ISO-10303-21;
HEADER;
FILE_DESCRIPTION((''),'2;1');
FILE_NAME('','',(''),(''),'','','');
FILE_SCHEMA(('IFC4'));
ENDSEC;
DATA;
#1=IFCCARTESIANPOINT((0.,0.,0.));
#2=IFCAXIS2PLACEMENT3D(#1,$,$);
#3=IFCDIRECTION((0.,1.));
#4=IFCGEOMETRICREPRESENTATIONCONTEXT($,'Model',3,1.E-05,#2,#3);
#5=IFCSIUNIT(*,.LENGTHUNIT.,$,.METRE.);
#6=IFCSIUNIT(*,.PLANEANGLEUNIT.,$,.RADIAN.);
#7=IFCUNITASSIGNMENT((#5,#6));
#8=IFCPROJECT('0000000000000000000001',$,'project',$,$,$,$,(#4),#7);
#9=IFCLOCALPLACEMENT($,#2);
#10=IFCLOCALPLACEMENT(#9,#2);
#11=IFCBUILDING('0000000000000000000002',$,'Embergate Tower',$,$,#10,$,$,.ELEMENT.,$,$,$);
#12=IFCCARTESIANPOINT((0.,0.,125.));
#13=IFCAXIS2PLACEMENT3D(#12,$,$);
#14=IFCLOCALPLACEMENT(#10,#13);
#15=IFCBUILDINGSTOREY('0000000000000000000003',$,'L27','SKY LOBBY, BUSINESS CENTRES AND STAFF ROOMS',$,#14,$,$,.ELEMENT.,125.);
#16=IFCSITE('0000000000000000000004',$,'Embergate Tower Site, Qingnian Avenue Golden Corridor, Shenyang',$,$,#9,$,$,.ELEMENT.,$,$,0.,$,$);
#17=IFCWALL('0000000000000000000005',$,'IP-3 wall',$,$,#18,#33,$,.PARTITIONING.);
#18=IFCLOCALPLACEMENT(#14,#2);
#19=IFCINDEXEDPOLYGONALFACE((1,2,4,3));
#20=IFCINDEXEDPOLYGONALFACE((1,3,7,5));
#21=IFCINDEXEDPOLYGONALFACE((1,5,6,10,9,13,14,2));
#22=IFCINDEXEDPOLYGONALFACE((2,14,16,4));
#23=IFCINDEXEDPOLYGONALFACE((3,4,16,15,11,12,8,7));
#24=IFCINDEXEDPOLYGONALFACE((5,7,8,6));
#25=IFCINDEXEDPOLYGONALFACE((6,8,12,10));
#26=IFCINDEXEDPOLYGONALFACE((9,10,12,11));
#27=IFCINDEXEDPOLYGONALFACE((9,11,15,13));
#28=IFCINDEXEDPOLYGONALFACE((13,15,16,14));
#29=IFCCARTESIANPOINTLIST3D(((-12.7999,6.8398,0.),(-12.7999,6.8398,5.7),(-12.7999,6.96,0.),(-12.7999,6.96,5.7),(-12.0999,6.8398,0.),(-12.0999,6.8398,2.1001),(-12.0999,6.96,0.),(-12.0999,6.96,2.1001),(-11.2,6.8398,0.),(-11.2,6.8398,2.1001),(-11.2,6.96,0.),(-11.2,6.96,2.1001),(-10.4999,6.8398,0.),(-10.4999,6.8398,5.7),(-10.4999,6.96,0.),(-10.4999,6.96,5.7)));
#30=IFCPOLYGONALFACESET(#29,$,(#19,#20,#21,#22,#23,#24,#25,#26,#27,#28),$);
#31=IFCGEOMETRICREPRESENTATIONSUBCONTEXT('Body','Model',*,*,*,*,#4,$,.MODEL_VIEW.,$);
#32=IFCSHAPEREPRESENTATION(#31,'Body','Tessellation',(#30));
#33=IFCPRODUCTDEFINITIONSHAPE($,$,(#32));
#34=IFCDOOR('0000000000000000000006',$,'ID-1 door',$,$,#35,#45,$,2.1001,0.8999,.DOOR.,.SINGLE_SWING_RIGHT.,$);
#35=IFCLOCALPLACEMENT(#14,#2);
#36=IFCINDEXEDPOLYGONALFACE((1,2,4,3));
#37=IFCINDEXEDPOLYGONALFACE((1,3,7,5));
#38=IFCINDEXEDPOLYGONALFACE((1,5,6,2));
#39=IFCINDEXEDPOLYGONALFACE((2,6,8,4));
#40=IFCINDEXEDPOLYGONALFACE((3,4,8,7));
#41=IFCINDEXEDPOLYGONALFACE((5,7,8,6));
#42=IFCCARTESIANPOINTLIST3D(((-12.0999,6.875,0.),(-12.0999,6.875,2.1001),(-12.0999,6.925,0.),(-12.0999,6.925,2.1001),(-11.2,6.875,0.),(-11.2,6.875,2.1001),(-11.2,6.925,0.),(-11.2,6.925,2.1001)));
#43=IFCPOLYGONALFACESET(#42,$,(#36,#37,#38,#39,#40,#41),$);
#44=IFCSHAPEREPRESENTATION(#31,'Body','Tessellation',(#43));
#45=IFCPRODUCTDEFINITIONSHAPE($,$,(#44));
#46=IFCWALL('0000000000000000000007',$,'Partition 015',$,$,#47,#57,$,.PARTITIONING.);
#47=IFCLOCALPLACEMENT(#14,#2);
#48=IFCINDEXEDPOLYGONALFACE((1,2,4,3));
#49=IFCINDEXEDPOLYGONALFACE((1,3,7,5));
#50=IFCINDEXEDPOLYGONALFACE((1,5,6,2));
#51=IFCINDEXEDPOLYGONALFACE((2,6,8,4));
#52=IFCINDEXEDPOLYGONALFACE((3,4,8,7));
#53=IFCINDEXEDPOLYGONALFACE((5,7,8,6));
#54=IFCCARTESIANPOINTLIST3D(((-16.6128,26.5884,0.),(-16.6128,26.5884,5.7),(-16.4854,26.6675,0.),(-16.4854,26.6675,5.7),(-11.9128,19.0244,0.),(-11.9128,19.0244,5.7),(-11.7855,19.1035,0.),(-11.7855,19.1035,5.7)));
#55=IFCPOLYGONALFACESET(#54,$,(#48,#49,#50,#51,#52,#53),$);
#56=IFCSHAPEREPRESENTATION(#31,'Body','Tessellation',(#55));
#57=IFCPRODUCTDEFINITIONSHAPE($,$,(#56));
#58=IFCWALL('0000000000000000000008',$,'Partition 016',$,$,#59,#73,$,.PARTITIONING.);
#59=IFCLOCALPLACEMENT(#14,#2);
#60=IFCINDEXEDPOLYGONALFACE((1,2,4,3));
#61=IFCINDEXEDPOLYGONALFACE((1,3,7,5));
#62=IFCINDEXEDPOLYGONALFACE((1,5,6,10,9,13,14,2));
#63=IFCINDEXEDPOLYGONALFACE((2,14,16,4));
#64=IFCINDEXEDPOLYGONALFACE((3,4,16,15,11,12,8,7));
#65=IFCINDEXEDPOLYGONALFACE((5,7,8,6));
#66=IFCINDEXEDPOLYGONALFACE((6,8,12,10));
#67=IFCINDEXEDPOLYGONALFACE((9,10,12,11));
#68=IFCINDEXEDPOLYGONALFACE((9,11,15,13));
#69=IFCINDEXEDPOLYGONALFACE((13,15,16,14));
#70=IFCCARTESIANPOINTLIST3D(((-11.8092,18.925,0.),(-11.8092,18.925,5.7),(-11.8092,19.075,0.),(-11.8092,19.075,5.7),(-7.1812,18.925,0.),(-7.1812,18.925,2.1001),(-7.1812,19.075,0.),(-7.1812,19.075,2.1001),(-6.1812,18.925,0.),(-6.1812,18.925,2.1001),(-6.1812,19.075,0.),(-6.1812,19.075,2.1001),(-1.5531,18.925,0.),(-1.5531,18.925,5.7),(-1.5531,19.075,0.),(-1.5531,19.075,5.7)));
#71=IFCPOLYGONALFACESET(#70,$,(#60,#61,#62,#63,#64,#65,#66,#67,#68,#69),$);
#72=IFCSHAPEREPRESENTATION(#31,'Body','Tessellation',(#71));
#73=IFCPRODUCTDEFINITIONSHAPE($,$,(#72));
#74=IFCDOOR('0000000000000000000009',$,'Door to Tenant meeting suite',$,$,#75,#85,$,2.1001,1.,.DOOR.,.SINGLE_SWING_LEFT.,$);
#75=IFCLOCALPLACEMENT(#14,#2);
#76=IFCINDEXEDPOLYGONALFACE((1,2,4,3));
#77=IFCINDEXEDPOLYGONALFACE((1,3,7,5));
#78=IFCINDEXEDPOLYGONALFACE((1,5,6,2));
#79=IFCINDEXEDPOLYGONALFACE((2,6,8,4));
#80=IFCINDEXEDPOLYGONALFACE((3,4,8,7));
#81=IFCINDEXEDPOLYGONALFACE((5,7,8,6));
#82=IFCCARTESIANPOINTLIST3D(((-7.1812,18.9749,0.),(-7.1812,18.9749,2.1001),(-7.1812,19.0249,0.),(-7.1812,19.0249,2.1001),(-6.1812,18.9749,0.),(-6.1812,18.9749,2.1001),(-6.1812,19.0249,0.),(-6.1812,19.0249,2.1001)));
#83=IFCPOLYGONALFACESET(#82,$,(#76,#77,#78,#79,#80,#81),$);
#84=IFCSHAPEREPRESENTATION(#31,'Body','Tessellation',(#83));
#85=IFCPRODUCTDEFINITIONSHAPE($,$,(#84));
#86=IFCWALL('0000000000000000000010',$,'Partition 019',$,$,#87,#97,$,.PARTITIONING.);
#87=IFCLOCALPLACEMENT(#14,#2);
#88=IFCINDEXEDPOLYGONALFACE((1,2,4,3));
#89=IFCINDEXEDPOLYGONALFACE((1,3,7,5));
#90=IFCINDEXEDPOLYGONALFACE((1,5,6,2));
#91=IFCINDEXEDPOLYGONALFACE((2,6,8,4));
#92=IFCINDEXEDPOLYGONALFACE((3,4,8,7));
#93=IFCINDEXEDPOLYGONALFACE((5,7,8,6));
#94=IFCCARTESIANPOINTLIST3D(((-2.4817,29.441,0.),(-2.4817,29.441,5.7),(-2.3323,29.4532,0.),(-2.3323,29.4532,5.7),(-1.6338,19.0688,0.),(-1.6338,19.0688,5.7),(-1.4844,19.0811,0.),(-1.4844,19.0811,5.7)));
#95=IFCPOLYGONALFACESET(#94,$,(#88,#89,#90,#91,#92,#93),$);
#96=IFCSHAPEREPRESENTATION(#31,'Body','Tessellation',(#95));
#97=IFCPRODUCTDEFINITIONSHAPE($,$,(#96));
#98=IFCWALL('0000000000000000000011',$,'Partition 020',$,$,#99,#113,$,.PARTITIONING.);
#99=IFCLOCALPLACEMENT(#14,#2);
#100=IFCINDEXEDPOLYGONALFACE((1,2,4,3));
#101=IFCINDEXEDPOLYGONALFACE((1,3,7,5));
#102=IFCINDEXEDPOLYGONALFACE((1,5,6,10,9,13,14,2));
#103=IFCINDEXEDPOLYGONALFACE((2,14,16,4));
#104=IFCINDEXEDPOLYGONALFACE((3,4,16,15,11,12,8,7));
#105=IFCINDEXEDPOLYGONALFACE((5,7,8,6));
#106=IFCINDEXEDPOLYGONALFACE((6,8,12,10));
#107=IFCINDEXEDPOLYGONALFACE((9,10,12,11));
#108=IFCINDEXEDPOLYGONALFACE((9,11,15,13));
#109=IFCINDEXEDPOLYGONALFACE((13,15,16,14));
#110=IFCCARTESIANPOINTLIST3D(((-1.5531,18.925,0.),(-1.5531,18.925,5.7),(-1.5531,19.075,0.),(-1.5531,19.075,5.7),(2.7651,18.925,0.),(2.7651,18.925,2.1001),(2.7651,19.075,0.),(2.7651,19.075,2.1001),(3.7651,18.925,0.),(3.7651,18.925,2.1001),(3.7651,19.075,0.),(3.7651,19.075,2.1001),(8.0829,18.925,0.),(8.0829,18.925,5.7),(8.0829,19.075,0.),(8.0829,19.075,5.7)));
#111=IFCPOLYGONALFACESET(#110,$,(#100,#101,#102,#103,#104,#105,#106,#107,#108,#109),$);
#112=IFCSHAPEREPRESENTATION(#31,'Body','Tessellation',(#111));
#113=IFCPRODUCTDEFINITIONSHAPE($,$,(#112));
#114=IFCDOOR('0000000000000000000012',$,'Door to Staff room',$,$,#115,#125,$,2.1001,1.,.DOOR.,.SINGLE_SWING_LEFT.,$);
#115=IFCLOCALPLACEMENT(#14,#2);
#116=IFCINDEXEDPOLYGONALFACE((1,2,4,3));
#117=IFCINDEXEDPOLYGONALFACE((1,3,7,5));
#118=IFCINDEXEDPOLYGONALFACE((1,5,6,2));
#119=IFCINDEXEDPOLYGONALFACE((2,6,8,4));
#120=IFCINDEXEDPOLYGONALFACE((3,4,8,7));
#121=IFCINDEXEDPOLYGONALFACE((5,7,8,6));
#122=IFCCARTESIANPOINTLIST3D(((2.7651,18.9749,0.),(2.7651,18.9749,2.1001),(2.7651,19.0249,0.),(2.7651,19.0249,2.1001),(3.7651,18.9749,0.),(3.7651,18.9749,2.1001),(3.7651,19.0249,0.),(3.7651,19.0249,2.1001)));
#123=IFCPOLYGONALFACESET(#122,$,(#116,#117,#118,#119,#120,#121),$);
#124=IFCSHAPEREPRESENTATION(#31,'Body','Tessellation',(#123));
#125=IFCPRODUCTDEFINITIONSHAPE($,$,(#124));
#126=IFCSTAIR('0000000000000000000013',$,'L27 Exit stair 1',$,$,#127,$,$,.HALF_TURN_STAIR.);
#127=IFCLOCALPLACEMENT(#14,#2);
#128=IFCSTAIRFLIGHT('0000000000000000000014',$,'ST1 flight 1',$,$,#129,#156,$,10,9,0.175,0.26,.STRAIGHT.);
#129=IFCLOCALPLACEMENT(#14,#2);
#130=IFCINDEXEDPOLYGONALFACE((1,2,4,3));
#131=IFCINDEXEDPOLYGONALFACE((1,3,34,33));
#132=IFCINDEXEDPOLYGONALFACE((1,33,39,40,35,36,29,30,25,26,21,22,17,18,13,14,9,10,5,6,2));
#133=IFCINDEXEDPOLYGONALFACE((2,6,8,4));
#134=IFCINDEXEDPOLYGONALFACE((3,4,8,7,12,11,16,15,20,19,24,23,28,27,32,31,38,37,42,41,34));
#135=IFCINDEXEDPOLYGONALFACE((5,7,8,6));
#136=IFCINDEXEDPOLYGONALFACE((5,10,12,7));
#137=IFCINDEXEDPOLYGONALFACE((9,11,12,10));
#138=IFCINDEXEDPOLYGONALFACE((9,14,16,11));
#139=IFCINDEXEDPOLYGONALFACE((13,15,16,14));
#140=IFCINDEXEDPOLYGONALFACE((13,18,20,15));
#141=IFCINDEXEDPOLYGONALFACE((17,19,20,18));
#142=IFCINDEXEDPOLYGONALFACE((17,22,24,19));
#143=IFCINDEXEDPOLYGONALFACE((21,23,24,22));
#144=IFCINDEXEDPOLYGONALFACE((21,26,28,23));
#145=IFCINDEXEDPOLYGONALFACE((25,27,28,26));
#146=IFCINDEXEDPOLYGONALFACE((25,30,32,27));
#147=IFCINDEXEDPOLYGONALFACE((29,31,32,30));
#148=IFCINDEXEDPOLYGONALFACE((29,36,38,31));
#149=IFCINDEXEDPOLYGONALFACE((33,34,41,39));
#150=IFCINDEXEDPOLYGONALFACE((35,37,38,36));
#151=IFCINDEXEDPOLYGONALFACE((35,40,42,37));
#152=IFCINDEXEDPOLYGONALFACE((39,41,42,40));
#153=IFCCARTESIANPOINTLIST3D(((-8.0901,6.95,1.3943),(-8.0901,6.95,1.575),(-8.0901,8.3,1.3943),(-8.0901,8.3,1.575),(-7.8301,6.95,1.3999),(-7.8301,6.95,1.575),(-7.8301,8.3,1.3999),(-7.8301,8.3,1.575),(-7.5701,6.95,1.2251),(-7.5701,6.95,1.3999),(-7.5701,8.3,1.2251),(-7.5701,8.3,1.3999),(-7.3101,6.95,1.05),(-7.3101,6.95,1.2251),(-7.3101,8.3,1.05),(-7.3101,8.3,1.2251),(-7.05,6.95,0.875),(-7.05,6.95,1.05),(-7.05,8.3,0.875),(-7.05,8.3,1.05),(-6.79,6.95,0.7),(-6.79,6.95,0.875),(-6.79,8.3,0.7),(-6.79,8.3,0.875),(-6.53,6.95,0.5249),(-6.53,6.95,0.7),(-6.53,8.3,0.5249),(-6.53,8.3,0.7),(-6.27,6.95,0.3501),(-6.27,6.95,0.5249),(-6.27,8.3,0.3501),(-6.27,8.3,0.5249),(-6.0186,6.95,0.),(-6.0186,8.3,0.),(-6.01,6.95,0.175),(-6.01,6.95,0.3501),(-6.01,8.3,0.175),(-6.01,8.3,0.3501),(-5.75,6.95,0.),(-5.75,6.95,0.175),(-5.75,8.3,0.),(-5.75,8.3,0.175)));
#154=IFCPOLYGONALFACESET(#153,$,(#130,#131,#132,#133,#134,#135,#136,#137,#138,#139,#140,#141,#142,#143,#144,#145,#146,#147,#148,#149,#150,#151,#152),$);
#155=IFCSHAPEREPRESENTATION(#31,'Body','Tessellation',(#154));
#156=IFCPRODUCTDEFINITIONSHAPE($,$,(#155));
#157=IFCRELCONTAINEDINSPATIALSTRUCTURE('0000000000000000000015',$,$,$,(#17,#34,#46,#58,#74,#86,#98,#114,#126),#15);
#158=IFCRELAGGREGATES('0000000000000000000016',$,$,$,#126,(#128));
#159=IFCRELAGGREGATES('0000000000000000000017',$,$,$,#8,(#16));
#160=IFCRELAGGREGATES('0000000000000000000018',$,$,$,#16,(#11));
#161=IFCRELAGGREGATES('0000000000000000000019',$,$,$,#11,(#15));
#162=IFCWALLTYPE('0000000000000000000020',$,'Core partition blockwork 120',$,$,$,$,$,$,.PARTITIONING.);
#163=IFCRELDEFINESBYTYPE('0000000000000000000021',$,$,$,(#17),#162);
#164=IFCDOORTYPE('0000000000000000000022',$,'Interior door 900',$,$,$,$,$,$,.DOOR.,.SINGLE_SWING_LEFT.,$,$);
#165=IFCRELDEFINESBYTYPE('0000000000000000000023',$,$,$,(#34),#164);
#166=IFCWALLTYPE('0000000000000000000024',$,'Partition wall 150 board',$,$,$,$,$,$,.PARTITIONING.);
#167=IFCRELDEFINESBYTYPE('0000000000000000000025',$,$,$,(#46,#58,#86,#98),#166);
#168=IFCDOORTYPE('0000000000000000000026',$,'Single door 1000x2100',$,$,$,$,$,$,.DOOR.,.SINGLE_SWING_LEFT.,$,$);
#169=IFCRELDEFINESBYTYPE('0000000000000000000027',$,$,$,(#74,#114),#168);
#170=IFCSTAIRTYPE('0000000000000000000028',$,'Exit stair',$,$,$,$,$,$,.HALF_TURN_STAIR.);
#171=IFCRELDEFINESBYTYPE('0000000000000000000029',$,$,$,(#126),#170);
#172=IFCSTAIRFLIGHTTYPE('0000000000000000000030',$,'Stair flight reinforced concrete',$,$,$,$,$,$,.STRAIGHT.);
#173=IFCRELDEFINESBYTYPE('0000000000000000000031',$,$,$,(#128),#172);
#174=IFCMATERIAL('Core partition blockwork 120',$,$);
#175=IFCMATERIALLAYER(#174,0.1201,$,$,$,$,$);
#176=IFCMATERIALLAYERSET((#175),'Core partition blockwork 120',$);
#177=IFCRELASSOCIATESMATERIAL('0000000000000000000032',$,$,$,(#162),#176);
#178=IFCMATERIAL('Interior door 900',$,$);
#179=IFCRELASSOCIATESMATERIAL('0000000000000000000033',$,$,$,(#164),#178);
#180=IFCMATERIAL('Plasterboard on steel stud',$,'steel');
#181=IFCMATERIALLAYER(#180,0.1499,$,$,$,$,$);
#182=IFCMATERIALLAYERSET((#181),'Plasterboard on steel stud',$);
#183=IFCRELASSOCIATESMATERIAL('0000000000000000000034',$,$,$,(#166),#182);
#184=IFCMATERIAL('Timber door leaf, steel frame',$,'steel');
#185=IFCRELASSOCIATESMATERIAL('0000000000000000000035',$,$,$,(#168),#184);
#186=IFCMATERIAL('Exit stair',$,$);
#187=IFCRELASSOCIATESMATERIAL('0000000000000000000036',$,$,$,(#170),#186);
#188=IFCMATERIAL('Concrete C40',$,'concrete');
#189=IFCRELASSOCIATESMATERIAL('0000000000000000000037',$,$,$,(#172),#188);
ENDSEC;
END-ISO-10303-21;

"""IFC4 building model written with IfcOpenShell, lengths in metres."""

from ifc_helpers import new_model, si_unit, direction, frame, frame_2d, origin, place, context, subcontext, project, spatial, polyline, rectangle, outline, extrude, source, transform, mapped, material, layer, layer_set, type_object, element, fill, aggregate, save


model = new_model("IFC4")

# Units and contexts
model_context = context("Model", 3, precision=1e-05, world=origin(), true_north=direction((0.0, 1.0)))
body_context = subcontext(model_context, "Body", "Model", "MODEL_VIEW")
ifc_project = project(units=[si_unit("LENGTHUNIT", "METRE"), si_unit("PLANEANGLEUNIT", "RADIAN")], contexts=[model_context])

# Site, building, storey
site_placement = place(None, origin())
site = spatial("IfcSite", under=ifc_project, at=site_placement, Name="Embergate Tower Site, Qingnian Avenue Golden Corridor, Shenyang", CompositionType="ELEMENT", RefElevation=0.0)
building_placement = place(site_placement, origin())
building = spatial("IfcBuilding", under=site, at=building_placement, Name="Embergate Tower", CompositionType="ELEMENT")
storey_placement = place(building_placement, frame((0.0, 0.0, 125.0)))
storey = spatial("IfcBuildingStorey", under=building, at=storey_placement, Name="L27", Description="SKY LOBBY, BUSINESS CENTRES AND STAFF ROOMS", CompositionType="ELEMENT", Elevation=125.0)

# Shared definitions
ifc_material_1 = material(Name="Core partition blockwork 120")
ifc_layer_1 = layer(ifc_material_1, 0.1201)
ifc_layer_set_1 = layer_set([ifc_layer_1], Name="Core partition blockwork 120")
wall_type_1 = type_object("IfcWallType", Name="Core partition blockwork 120", PredefinedType="PARTITIONING", material=ifc_layer_set_1)

# Wall, opening, door
shared_shape_1 = source(origin(), body_context, "Body", "SweptSolid", [
    extrude(rectangle(XDim=2.3, YDim=0.1201, at=frame_2d((1.1499, 0.0))), origin(), (0.0, 0.0, 1.0), 5.7),
])
shared_shape_2 = source(origin(), body_context, "Body", "SweptSolid", [
    extrude(rectangle(XDim=0.8999, YDim=2.1001, at=frame_2d((0.45, 1.05))), frame((0.0, 0.0701, 0.0), z_axis=(0.0, -1.0, 0.0), x_axis=(1.0, 0.0, 0.0)), (0.0, 0.0, 1.0), 0.1401),
])
ifc_material_2 = material(Name="Interior door 900")
door_type_1 = type_object("IfcDoorType", Name="Interior door 900", OperationType="SINGLE_SWING_LEFT", PredefinedType="DOOR", material=ifc_material_2)
shared_shape_3 = source(origin(), body_context, "Body", "SweptSolid", [
    extrude(rectangle(XDim=0.8999, YDim=2.1001, at=frame_2d((0.45, 1.05))), frame((0.0, 0.0249, 0.0), z_axis=(0.0, -1.0, 0.0), x_axis=(1.0, 0.0, 0.0)), (0.0, 0.0, 1.0), 0.05),
])
wall_1_placement = place(storey_placement, frame((-10.5, 6.8999, 0.0), z_axis=(0.0, 0.0, 1.0), x_axis=(-1.0, 0.0, 0.0)))
wall_1 = element("IfcWall", 1, at=wall_1_placement, inside=storey, type_object=wall_type_1, Name="IP-3 wall", PredefinedType="PARTITIONING", context=body_context, shape_type="MappedRepresentation", body=[
    mapped(shared_shape_1, transform((0.0, 0.0, 0.0))),
])
opening_1_placement = place(wall_1_placement, frame((0.7, 0.0, 0.0)))
opening_1 = element("IfcOpeningElement", 2, at=opening_1_placement, cuts=wall_1, PredefinedType="OPENING", context=body_context, shape_type="MappedRepresentation", body=[
    mapped(shared_shape_2, transform((0.0, 0.0, 0.0))),
])
door_1_placement = place(opening_1_placement, origin())
door_1 = element("IfcDoor", 3, at=door_1_placement, inside=storey, type_object=door_type_1, Name="ID-1 door", OperationType="SINGLE_SWING_RIGHT", OverallHeight=2.1001, OverallWidth=0.8999, PredefinedType="DOOR", context=body_context, shape_type="MappedRepresentation", body=[
    mapped(shared_shape_3, transform((0.0, 0.0, 0.0))),
])
fill(opening_1, door_1)

# Wall
ifc_material_3 = material(Name="Plasterboard on steel stud", Category="steel")
ifc_layer_2 = layer(ifc_material_3, 0.1499)
ifc_layer_set_2 = layer_set([ifc_layer_2], Name="Plasterboard on steel stud")
wall_type_2 = type_object("IfcWallType", Name="Partition wall 150 board", PredefinedType="PARTITIONING", material=ifc_layer_set_2)
shared_shape_4 = source(origin(), body_context, "Body", "SweptSolid", [
    extrude(rectangle(XDim=8.9053, YDim=0.1499, at=frame_2d((4.4526, 0.0))), origin(), (0.0, 0.0, 1.0), 5.7),
])
wall_2_placement = place(storey_placement, frame((-11.8491, 19.064, 0.0), z_axis=(0.0, 0.0, 1.0), x_axis=(-0.527774, 0.849385, 0.0)))
element("IfcWall", 4, at=wall_2_placement, inside=storey, type_object=wall_type_2, Name="Partition 015", PredefinedType="PARTITIONING", context=body_context, shape_type="MappedRepresentation", body=[
    mapped(shared_shape_4, transform((0.0, 0.0, 0.0))),
])

# Wall, opening, door
shared_shape_5 = source(origin(), body_context, "Body", "SweptSolid", [
    extrude(rectangle(XDim=10.2561, YDim=0.1499, at=frame_2d((5.1279, 0.0))), origin(), (0.0, 0.0, 1.0), 5.7),
])
wall_3_placement = place(storey_placement, frame((-11.8091, 19.0, 0.0), z_axis=(0.0, 0.0, 1.0), x_axis=(1.0, 0.0, 0.0)))
wall_3 = element("IfcWall", 5, at=wall_3_placement, inside=storey, type_object=wall_type_2, Name="Partition 016", PredefinedType="PARTITIONING", context=body_context, shape_type="MappedRepresentation", body=[
    mapped(shared_shape_5, transform((0.0, 0.0, 0.0))),
])
shared_shape_6 = source(origin(), body_context, "Body", "SweptSolid", [
    extrude(rectangle(XDim=1.0, YDim=2.1001, at=frame_2d((0.5, 1.05))), frame((0.0, 0.085, 0.0), z_axis=(0.0, -1.0, 0.0), x_axis=(1.0, 0.0, 0.0)), (0.0, 0.0, 1.0), 0.1699),
])
opening_2_placement = place(wall_3_placement, frame((4.6279, 0.0, 0.0)))
opening_2 = element("IfcOpeningElement", 6, at=opening_2_placement, cuts=wall_3, PredefinedType="OPENING", context=body_context, shape_type="MappedRepresentation", body=[
    mapped(shared_shape_6, transform((0.0, 0.0, 0.0))),
])
ifc_material_4 = material(Name="Timber door leaf, steel frame", Category="steel")
door_type_2 = type_object("IfcDoorType", Name="Single door 1000x2100", OperationType="SINGLE_SWING_LEFT", PredefinedType="DOOR", material=ifc_material_4)
shared_shape_7 = source(origin(), body_context, "Body", "SweptSolid", [
    extrude(rectangle(XDim=1.0, YDim=2.1001, at=frame_2d((0.5, 1.05))), frame((0.0, 0.0249, 0.0), z_axis=(0.0, -1.0, 0.0), x_axis=(1.0, 0.0, 0.0)), (0.0, 0.0, 1.0), 0.05),
])
door_2_placement = place(opening_2_placement, origin())
door_2 = element("IfcDoor", 7, at=door_2_placement, inside=storey, type_object=door_type_2, Name="Door to Tenant meeting suite", OperationType="SINGLE_SWING_LEFT", OverallHeight=2.1001, OverallWidth=1.0, PredefinedType="DOOR", context=body_context, shape_type="MappedRepresentation", body=[
    mapped(shared_shape_7, transform((0.0, 0.0, 0.0))),
])
fill(opening_2, door_2)

# Wall
shared_shape_8 = source(origin(), body_context, "Body", "SweptSolid", [
    extrude(rectangle(XDim=10.4067, YDim=0.1499, at=frame_2d((5.2034, 0.0))), origin(), (0.0, 0.0, 1.0), 5.7),
])
wall_4_placement = place(storey_placement, frame((-1.5591, 19.075, 0.0), z_axis=(0.0, 0.0, 1.0), x_axis=(-0.081477, 0.996675, 0.0)))
element("IfcWall", 8, at=wall_4_placement, inside=storey, type_object=wall_type_2, Name="Partition 019", PredefinedType="PARTITIONING", context=body_context, shape_type="MappedRepresentation", body=[
    mapped(shared_shape_8, transform((0.0, 0.0, 0.0))),
])

# Wall, opening, door
shared_shape_9 = source(origin(), body_context, "Body", "SweptSolid", [
    extrude(rectangle(XDim=9.636, YDim=0.1499, at=frame_2d((4.8179, 0.0))), origin(), (0.0, 0.0, 1.0), 5.7),
])
wall_5_placement = place(storey_placement, frame((-1.553, 19.0, 0.0), z_axis=(0.0, 0.0, 1.0), x_axis=(1.0, 0.0, 0.0)))
wall_5 = element("IfcWall", 9, at=wall_5_placement, inside=storey, type_object=wall_type_2, Name="Partition 020", PredefinedType="PARTITIONING", context=body_context, shape_type="MappedRepresentation", body=[
    mapped(shared_shape_9, transform((0.0, 0.0, 0.0))),
])
opening_3_placement = place(wall_5_placement, frame((4.3181, 0.0, 0.0)))
opening_3 = element("IfcOpeningElement", 10, at=opening_3_placement, cuts=wall_5, PredefinedType="OPENING", context=body_context, shape_type="MappedRepresentation", body=[
    mapped(shared_shape_6, transform((0.0, 0.0, 0.0))),
])
door_3_placement = place(opening_3_placement, origin())
door_3 = element("IfcDoor", 11, at=door_3_placement, inside=storey, type_object=door_type_2, Name="Door to Staff room", OperationType="SINGLE_SWING_LEFT", OverallHeight=2.1001, OverallWidth=1.0, PredefinedType="DOOR", context=body_context, shape_type="MappedRepresentation", body=[
    mapped(shared_shape_7, transform((0.0, 0.0, 0.0))),
])
fill(opening_3, door_3)

# Stair, stair flight
ifc_material_5 = material(Name="Exit stair")
stair_type = type_object("IfcStairType", Name="Exit stair", PredefinedType="HALF_TURN_STAIR", material=ifc_material_5)
stair_placement = place(storey_placement, origin())
stair = element("IfcStair", 12, at=stair_placement, inside=storey, type_object=stair_type, Name="L27 Exit stair 1", PredefinedType="HALF_TURN_STAIR")
ifc_material_6 = material(Name="Concrete C40", Category="concrete")
stair_flight_type = type_object("IfcStairFlightType", Name="Stair flight reinforced concrete", PredefinedType="STRAIGHT", material=ifc_material_6)
shared_shape_10 = source(origin(), body_context, "Body", "SweptSolid", [
    extrude(outline(polyline([(0.0, 0.0), (0.0, 0.175), (0.26, 0.175), (0.26, 0.3501), (0.52, 0.3501), (0.52, 0.5249), (0.78, 0.5249), (0.78, 0.7), (1.04, 0.7), (1.04, 0.875), (1.3, 0.875), (1.3, 1.05), (1.5601, 1.05), (1.5601, 1.2251), (1.8201, 1.2251), (1.8201, 1.3999), (2.0801, 1.3999), (2.0801, 1.575), (2.3401, 1.575), (2.3401, 1.75), (2.3401, 1.3943), (0.2686, 0.0), (0.0, 0.0)])), frame((0.0, 0.675, 0.0), z_axis=(0.0, -1.0, 0.0), x_axis=(1.0, 0.0, 0.0)), (0.0, 0.0, 1.0), 1.3501),
])
stair_flight_1_placement = place(storey_placement, frame((-5.75, 7.625, 0.0), z_axis=(0.0, 0.0, 1.0), x_axis=(-1.0, 0.0, 0.0)))
stair_flight_1 = element("IfcStairFlight", 13, at=stair_flight_1_placement, type_object=stair_flight_type, Name="ST1 flight 1", NumberOfRisers=10, NumberOfTreads=9, PredefinedType="STRAIGHT", RiserHeight=0.175, TreadLength=0.26, context=body_context, shape_type="MappedRepresentation", body=[
    mapped(shared_shape_10, transform((0.0, 0.0, 0.0))),
])
aggregate(stair, [stair_flight_1])

save(model, "model.ifc")
